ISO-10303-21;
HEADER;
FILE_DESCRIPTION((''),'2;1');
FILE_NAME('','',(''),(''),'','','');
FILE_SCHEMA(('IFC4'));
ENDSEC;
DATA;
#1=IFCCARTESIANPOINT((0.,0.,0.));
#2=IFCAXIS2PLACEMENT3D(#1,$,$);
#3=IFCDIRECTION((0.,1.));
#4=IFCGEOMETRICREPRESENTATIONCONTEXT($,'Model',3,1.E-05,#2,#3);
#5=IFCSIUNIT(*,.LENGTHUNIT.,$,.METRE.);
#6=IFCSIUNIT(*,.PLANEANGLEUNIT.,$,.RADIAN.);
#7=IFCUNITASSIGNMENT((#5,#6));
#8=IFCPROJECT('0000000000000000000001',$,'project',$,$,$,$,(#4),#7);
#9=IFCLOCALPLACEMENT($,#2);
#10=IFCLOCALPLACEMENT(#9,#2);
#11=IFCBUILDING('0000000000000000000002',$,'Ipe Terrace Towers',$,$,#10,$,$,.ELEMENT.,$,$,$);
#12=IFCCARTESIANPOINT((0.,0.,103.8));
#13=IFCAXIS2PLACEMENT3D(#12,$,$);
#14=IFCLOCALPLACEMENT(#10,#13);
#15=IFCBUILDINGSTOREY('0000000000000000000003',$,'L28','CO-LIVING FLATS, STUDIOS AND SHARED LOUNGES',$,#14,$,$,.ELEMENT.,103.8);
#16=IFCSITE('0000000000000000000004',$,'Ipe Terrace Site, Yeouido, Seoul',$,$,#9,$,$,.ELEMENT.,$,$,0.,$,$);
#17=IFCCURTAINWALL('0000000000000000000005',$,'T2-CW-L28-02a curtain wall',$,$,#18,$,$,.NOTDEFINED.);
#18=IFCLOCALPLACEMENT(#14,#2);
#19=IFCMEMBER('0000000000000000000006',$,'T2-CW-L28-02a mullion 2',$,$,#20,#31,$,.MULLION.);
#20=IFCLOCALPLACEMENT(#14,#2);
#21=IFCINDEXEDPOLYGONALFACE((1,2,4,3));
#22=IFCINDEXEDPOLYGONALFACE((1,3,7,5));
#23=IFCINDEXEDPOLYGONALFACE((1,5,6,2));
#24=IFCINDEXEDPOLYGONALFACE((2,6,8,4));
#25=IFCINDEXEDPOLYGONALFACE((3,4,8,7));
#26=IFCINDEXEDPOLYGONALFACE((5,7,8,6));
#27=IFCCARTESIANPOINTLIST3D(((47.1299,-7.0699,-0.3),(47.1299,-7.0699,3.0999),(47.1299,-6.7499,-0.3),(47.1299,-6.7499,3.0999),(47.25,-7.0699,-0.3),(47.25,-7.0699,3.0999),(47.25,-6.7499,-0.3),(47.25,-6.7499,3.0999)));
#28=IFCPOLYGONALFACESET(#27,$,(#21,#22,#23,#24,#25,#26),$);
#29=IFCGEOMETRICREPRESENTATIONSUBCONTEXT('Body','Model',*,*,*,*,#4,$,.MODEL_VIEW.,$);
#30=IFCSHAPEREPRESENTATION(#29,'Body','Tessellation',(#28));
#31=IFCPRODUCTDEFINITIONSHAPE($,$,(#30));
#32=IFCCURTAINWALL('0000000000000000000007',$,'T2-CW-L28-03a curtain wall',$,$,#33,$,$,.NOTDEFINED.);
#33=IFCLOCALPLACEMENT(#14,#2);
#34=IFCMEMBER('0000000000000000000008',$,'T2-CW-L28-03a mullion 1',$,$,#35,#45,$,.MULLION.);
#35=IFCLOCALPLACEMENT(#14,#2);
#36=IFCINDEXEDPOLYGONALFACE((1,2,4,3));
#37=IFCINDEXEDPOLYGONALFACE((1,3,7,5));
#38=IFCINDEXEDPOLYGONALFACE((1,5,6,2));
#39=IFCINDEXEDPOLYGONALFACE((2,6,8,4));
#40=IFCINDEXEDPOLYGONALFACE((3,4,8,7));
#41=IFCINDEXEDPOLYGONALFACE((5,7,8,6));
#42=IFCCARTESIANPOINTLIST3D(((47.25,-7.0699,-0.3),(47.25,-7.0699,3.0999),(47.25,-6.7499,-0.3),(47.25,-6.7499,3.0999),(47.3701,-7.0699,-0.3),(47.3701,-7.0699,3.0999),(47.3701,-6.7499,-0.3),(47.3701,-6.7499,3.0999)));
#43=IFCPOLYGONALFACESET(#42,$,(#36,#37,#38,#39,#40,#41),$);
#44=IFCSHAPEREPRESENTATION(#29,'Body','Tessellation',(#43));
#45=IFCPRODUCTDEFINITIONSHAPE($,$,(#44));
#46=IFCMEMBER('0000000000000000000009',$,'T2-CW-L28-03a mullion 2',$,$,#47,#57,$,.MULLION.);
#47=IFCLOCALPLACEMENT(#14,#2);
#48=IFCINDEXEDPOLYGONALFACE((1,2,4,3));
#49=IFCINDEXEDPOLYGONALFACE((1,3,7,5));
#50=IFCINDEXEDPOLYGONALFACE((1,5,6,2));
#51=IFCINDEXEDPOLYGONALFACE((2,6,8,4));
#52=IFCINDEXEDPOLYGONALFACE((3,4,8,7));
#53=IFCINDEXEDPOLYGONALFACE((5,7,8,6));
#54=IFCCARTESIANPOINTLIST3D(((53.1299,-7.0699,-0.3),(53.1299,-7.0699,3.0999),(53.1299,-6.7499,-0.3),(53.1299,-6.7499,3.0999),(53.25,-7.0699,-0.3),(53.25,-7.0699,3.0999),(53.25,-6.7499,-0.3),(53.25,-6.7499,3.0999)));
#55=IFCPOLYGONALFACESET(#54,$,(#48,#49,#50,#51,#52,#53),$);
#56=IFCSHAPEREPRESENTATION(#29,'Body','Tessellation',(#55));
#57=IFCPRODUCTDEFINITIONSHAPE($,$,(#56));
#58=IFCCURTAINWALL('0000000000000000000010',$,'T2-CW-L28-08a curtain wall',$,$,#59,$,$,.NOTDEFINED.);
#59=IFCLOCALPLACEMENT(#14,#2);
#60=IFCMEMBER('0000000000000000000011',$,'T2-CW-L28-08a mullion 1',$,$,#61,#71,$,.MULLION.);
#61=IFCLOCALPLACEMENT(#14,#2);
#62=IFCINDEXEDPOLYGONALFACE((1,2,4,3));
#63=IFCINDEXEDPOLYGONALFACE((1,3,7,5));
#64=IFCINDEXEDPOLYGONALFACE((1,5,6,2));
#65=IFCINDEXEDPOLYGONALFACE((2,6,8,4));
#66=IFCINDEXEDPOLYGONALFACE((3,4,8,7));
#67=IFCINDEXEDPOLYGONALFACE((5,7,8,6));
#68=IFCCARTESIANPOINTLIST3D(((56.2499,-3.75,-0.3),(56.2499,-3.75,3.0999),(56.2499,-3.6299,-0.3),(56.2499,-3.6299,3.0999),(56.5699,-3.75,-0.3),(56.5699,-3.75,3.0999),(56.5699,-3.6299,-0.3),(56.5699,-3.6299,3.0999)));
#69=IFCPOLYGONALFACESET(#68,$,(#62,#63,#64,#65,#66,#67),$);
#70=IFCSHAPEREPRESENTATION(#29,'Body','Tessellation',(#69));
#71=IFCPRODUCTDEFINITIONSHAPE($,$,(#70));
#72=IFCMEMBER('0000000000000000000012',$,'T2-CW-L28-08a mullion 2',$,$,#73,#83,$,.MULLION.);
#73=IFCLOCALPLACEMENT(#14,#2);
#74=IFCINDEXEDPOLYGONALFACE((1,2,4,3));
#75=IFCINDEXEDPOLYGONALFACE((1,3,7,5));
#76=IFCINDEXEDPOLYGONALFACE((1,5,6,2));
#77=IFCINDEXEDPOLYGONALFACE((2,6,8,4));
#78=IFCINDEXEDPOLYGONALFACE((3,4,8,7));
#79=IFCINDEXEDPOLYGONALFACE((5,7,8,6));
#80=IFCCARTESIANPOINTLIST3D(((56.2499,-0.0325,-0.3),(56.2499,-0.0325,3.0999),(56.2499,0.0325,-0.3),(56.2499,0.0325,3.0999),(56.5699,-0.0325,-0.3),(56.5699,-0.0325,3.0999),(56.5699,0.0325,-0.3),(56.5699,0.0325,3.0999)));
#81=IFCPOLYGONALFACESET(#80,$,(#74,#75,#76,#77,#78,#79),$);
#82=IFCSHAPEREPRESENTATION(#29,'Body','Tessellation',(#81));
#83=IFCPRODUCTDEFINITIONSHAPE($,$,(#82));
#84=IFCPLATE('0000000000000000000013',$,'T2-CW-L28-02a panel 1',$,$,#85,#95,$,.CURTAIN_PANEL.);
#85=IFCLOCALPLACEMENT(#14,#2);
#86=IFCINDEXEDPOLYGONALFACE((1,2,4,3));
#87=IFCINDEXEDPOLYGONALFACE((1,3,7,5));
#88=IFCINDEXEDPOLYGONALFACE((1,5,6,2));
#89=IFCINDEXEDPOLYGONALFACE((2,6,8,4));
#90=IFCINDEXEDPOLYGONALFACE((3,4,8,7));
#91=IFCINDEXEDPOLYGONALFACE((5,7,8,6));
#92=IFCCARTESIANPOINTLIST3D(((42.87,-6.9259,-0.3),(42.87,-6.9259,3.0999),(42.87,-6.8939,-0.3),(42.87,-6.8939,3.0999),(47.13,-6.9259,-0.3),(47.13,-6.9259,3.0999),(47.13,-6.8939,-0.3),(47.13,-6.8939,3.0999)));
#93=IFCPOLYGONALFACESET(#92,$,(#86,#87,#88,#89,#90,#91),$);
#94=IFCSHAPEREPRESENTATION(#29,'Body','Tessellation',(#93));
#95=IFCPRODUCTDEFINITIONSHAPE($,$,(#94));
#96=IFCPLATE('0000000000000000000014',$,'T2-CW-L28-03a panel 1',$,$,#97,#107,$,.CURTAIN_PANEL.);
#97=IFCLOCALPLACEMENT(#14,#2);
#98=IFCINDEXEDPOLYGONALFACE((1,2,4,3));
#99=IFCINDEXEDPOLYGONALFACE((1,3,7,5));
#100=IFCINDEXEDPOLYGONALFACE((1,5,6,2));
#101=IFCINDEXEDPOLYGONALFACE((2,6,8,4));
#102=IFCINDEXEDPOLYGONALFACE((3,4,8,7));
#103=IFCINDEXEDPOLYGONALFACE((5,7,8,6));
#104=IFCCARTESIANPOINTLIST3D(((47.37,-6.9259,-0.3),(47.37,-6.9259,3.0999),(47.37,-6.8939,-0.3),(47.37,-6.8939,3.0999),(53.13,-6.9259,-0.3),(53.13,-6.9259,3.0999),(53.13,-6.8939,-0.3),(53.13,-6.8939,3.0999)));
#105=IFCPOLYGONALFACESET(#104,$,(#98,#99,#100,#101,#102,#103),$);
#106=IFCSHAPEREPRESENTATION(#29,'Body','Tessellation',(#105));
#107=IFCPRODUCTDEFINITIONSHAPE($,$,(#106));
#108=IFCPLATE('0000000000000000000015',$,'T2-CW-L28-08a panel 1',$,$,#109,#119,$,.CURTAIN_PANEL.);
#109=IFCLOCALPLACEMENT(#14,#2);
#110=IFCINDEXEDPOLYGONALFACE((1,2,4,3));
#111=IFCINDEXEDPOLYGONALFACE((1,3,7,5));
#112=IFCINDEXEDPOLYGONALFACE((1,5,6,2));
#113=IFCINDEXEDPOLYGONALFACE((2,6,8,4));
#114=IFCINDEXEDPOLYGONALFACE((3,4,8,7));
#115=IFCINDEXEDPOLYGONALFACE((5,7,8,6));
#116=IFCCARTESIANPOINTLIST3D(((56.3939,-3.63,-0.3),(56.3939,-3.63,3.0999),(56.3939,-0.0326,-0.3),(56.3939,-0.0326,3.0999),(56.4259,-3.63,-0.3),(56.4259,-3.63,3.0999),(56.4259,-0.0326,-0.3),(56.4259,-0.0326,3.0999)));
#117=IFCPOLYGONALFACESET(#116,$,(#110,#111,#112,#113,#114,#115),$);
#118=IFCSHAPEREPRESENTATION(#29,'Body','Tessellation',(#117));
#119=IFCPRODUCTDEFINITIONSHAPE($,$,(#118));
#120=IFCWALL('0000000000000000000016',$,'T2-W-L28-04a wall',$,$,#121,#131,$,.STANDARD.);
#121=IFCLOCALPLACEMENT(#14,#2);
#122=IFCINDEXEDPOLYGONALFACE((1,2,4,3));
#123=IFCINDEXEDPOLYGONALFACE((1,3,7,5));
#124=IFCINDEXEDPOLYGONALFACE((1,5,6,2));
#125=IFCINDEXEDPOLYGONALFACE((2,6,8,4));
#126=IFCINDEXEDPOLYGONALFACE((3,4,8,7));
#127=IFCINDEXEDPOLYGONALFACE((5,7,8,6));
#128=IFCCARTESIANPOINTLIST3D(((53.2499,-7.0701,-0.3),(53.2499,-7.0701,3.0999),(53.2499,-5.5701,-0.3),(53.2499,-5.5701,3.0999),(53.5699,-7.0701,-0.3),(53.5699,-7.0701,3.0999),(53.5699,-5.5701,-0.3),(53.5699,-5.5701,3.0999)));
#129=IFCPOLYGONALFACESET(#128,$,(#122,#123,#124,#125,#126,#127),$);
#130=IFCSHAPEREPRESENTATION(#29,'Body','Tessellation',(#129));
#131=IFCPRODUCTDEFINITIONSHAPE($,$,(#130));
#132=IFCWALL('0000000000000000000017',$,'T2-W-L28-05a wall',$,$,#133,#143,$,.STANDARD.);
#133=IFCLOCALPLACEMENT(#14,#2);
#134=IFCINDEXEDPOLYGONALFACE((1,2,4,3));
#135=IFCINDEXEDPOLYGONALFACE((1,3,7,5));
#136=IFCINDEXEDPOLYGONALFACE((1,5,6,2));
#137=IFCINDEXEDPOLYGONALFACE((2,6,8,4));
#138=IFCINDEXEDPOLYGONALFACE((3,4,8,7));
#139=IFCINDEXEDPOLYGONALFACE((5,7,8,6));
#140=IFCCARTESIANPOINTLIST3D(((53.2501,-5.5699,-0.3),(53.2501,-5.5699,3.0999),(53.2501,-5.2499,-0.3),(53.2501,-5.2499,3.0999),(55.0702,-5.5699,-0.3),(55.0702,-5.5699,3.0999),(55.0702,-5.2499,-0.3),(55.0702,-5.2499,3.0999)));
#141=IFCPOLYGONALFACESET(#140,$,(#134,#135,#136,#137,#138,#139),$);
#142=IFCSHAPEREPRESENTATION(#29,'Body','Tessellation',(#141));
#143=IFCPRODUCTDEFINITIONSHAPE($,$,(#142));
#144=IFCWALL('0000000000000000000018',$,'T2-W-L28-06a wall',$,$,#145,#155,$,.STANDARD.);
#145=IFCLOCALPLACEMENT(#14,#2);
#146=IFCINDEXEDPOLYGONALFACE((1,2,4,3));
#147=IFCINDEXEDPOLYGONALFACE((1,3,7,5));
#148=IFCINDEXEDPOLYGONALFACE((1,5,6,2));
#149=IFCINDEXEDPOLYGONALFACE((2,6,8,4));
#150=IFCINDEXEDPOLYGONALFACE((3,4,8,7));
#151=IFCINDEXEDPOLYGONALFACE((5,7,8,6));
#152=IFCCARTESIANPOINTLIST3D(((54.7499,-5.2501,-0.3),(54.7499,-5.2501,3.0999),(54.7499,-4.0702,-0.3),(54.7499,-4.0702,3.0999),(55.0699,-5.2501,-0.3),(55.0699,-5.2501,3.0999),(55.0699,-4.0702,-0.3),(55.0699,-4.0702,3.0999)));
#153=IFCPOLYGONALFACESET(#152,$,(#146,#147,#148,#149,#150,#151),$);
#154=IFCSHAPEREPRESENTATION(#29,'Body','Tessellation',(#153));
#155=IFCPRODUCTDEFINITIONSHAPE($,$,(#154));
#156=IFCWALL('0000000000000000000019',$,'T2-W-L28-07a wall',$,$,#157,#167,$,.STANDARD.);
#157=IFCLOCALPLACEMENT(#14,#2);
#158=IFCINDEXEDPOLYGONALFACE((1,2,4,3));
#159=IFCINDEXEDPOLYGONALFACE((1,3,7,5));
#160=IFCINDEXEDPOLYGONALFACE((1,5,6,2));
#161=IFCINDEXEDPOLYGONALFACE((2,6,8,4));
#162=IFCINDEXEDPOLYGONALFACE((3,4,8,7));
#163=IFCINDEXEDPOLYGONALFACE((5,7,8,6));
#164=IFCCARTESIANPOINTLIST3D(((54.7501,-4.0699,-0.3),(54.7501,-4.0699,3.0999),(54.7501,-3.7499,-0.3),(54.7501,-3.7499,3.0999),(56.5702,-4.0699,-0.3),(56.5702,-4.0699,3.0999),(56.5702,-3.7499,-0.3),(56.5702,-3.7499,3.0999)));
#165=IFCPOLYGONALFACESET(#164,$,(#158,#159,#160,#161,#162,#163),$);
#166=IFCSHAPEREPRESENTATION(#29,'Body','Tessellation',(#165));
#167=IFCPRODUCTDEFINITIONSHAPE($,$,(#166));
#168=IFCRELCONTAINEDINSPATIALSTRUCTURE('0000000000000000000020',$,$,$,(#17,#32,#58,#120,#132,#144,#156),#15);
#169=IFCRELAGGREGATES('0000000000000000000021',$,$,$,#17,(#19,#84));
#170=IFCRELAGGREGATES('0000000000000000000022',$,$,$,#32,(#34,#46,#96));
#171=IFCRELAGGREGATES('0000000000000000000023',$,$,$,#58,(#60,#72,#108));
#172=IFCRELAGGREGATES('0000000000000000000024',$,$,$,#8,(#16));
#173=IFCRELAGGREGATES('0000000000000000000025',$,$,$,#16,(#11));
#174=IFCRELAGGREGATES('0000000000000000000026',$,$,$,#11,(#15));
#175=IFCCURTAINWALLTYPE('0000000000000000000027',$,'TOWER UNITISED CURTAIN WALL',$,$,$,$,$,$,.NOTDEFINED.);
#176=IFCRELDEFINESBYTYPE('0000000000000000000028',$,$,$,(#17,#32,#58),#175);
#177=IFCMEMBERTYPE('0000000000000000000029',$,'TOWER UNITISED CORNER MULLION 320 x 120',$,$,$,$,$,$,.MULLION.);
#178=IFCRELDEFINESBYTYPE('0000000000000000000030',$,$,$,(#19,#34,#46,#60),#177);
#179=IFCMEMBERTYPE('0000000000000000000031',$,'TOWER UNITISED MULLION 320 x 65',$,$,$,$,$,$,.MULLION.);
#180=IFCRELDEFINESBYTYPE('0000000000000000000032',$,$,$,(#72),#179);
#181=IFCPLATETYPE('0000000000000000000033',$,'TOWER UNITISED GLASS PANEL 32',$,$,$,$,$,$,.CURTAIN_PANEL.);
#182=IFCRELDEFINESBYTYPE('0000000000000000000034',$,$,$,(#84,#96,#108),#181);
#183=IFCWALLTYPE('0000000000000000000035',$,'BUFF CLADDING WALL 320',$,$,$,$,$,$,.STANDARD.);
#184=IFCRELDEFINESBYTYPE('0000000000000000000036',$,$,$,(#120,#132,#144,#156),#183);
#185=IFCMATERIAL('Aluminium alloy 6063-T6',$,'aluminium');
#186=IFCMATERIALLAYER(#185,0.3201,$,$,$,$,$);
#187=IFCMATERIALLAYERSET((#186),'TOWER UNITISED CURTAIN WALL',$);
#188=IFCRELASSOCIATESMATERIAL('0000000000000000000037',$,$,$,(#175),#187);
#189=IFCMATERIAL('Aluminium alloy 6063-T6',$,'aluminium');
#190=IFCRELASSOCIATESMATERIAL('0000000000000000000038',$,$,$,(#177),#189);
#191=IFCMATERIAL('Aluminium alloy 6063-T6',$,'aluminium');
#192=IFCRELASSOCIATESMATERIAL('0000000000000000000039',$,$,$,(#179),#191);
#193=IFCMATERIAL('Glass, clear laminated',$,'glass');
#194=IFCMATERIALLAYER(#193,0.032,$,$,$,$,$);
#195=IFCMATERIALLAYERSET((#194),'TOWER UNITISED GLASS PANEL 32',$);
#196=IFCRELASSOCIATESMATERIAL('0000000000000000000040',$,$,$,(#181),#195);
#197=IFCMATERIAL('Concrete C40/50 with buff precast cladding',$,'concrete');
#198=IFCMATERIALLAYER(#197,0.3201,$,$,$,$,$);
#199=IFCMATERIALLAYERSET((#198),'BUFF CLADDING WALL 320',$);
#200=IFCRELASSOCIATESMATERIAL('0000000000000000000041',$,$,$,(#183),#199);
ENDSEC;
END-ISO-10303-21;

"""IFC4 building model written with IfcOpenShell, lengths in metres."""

from ifc_helpers import new_model, si_unit, direction, frame, frame_2d, origin, origin_2d, place, context, subcontext, project, spatial, rectangle, extrude, material, layer, layer_set, material_profile, profile_set, type_object, element, aggregate, save


model = new_model("IFC4")

# Units and contexts
model_context = context("Model", 3, precision=1e-05, world=origin(), true_north=direction((0.0, 1.0)))
body_context = subcontext(model_context, "Body", "Model", "MODEL_VIEW")
ifc_project = project(units=[si_unit("LENGTHUNIT", "METRE"), si_unit("PLANEANGLEUNIT", "RADIAN")], contexts=[model_context])

# Site, building, storey
site_placement = place(None, origin())
site = spatial("IfcSite", under=ifc_project, at=site_placement, Name="Ipe Terrace Site, Yeouido, Seoul", CompositionType="ELEMENT", RefElevation=0.0)
building_placement = place(site_placement, origin())
building = spatial("IfcBuilding", under=site, at=building_placement, Name="Ipe Terrace Towers", CompositionType="ELEMENT")
storey_placement = place(building_placement, frame((0.0, 0.0, 103.8)))
storey = spatial("IfcBuildingStorey", under=building, at=storey_placement, Name="L28", Description="CO-LIVING FLATS, STUDIOS AND SHARED LOUNGES", CompositionType="ELEMENT", Elevation=103.8)

# Curtain walls, members
ifc_material_1 = material(Name="Aluminium alloy 6063-T6", Category="aluminium")
ifc_layer_1 = layer(ifc_material_1, 0.3201)
ifc_layer_set_1 = layer_set([ifc_layer_1], Name="TOWER UNITISED CURTAIN WALL")
curtain_wall_type = type_object("IfcCurtainWallType", Name="TOWER UNITISED CURTAIN WALL", PredefinedType="NOTDEFINED", material=ifc_layer_set_1)
curtain_wall_1_placement = place(storey_placement, origin())
curtain_wall_1 = element("IfcCurtainWall", 1, at=curtain_wall_1_placement, inside=storey, type_object=curtain_wall_type, Name="T2-CW-L28-02a curtain wall", PredefinedType="NOTDEFINED")
ifc_material_2 = material(Name="Aluminium alloy 6063-T6", Category="aluminium")
ifc_material_profile_1 = material_profile(ifc_material_2, rectangle(XDim=0.3201, YDim=0.1201, at=origin_2d()), Name="TOWER UNITISED CORNER MULLION 320 x 120")
ifc_profile_set_1 = profile_set([ifc_material_profile_1], Name="Aluminium alloy 6063-T6")
member_type_1 = type_object("IfcMemberType", Name="TOWER UNITISED CORNER MULLION 320 x 120", PredefinedType="MULLION", material=ifc_profile_set_1)
member_1_placement = place(storey_placement, frame((47.1899, -6.9099, -0.3), z_axis=(0.0, 0.0, 1.0), x_axis=(0.0, -1.0, 0.0)))
member_1 = element("IfcMember", 2, at=member_1_placement, type_object=member_type_1, Name="T2-CW-L28-02a mullion 2", PredefinedType="MULLION", context=body_context, shape_type="SweptSolid", body=[
    extrude(rectangle(XDim=0.3201, YDim=0.1201, at=origin_2d()), origin(), (0.0, 0.0, 1.0), 3.3999),
])
curtain_wall_2_placement = place(storey_placement, origin())
curtain_wall_2 = element("IfcCurtainWall", 3, at=curtain_wall_2_placement, inside=storey, type_object=curtain_wall_type, Name="T2-CW-L28-03a curtain wall", PredefinedType="NOTDEFINED")
member_2_placement = place(storey_placement, frame((47.3101, -6.9099, -0.3), z_axis=(0.0, 0.0, 1.0), x_axis=(0.0, -1.0, 0.0)))
member_2 = element("IfcMember", 4, at=member_2_placement, type_object=member_type_1, Name="T2-CW-L28-03a mullion 1", PredefinedType="MULLION", context=body_context, shape_type="SweptSolid", body=[
    extrude(rectangle(XDim=0.3201, YDim=0.1201, at=origin_2d()), origin(), (0.0, 0.0, 1.0), 3.3999),
])
member_3_placement = place(storey_placement, frame((53.1899, -6.9099, -0.3), z_axis=(0.0, 0.0, 1.0), x_axis=(0.0, -1.0, 0.0)))
member_3 = element("IfcMember", 5, at=member_3_placement, type_object=member_type_1, Name="T2-CW-L28-03a mullion 2", PredefinedType="MULLION", context=body_context, shape_type="SweptSolid", body=[
    extrude(rectangle(XDim=0.3201, YDim=0.1201, at=origin_2d()), origin(), (0.0, 0.0, 1.0), 3.3999),
])
curtain_wall_3_placement = place(storey_placement, origin())
curtain_wall_3 = element("IfcCurtainWall", 6, at=curtain_wall_3_placement, inside=storey, type_object=curtain_wall_type, Name="T2-CW-L28-08a curtain wall", PredefinedType="NOTDEFINED")
member_4_placement = place(storey_placement, frame((56.4099, -3.6899, -0.3), z_axis=(0.0, 0.0, 1.0), x_axis=(1.0, 0.0, 0.0)))
member_4 = element("IfcMember", 7, at=member_4_placement, type_object=member_type_1, Name="T2-CW-L28-08a mullion 1", PredefinedType="MULLION", context=body_context, shape_type="SweptSolid", body=[
    extrude(rectangle(XDim=0.3201, YDim=0.1201, at=origin_2d()), origin(), (0.0, 0.0, 1.0), 3.3999),
])
ifc_material_3 = material(Name="Aluminium alloy 6063-T6", Category="aluminium")
ifc_material_profile_2 = material_profile(ifc_material_3, rectangle(XDim=0.3201, YDim=0.0649, at=origin_2d()), Name="TOWER UNITISED MULLION 320 x 65")
ifc_profile_set_2 = profile_set([ifc_material_profile_2], Name="Aluminium alloy 6063-T6")
member_type_2 = type_object("IfcMemberType", Name="TOWER UNITISED MULLION 320 x 65", PredefinedType="MULLION", material=ifc_profile_set_2)
member_5_placement = place(storey_placement, frame((56.4099, 0.0, -0.3), z_axis=(0.0, 0.0, 1.0), x_axis=(1.0, 0.0, 0.0)))
member_5 = element("IfcMember", 8, at=member_5_placement, type_object=member_type_2, Name="T2-CW-L28-08a mullion 2", PredefinedType="MULLION", context=body_context, shape_type="SweptSolid", body=[
    extrude(rectangle(XDim=0.3201, YDim=0.0649, at=origin_2d()), origin(), (0.0, 0.0, 1.0), 3.3999),
])

# Plates
ifc_material_4 = material(Name="Glass, clear laminated", Category="glass")
ifc_layer_2 = layer(ifc_material_4, 0.032)
ifc_layer_set_2 = layer_set([ifc_layer_2], Name="TOWER UNITISED GLASS PANEL 32")
plate_type = type_object("IfcPlateType", Name="TOWER UNITISED GLASS PANEL 32", PredefinedType="CURTAIN_PANEL", material=ifc_layer_set_2)
plate_1_placement = place(storey_placement, frame((45.0, -6.9099, -0.3), z_axis=(0.0, 0.0, 1.0), x_axis=(1.0, 0.0, 0.0)))
plate_1 = element("IfcPlate", 9, at=plate_1_placement, type_object=plate_type, Name="T2-CW-L28-02a panel 1", PredefinedType="CURTAIN_PANEL", context=body_context, shape_type="SweptSolid", body=[
    extrude(rectangle(XDim=4.26, YDim=0.032, at=origin_2d()), origin(), (0.0, 0.0, 1.0), 3.3999),
])
aggregate(curtain_wall_1, [member_1, plate_1])
plate_2_placement = place(storey_placement, frame((50.25, -6.9099, -0.3), z_axis=(0.0, 0.0, 1.0), x_axis=(1.0, 0.0, 0.0)))
plate_2 = element("IfcPlate", 10, at=plate_2_placement, type_object=plate_type, Name="T2-CW-L28-03a panel 1", PredefinedType="CURTAIN_PANEL", context=body_context, shape_type="SweptSolid", body=[
    extrude(rectangle(XDim=5.76, YDim=0.032, at=origin_2d()), origin(), (0.0, 0.0, 1.0), 3.3999),
])
aggregate(curtain_wall_2, [member_2, member_3, plate_2])
plate_3_placement = place(storey_placement, frame((56.4099, -1.8313, -0.3), z_axis=(0.0, 0.0, 1.0), x_axis=(0.0, 1.0, 0.0)))
plate_3 = element("IfcPlate", 11, at=plate_3_placement, type_object=plate_type, Name="T2-CW-L28-08a panel 1", PredefinedType="CURTAIN_PANEL", context=body_context, shape_type="SweptSolid", body=[
    extrude(rectangle(XDim=3.5974, YDim=0.032, at=origin_2d()), origin(), (0.0, 0.0, 1.0), 3.3999),
])
aggregate(curtain_wall_3, [member_4, member_5, plate_3])

# Walls
ifc_material_5 = material(Name="Concrete C40/50 with buff precast cladding", Category="concrete")
ifc_layer_3 = layer(ifc_material_5, 0.3201)
ifc_layer_set_3 = layer_set([ifc_layer_3], Name="BUFF CLADDING WALL 320")
wall_type_1 = type_object("IfcWallType", Name="BUFF CLADDING WALL 320", PredefinedType="STANDARD", material=ifc_layer_set_3)
wall_1_placement = place(storey_placement, frame((53.4099, -7.0701, -0.3), z_axis=(0.0, 0.0, 1.0), x_axis=(0.0, 1.0, 0.0)))
element("IfcWall", 12, at=wall_1_placement, inside=storey, type_object=wall_type_1, Name="T2-W-L28-04a wall", PredefinedType="STANDARD", context=body_context, shape_type="SweptSolid", body=[
    extrude(rectangle(XDim=1.5, YDim=0.3201, at=frame_2d((0.75, 0.0))), origin(), (0.0, 0.0, 1.0), 3.3999),
])
wall_2_placement = place(storey_placement, frame((53.25, -5.4099, -0.3), z_axis=(0.0, 0.0, 1.0), x_axis=(1.0, 0.0, 0.0)))
element("IfcWall", 13, at=wall_2_placement, inside=storey, type_object=wall_type_1, Name="T2-W-L28-05a wall", PredefinedType="STANDARD", context=body_context, shape_type="SweptSolid", body=[
    extrude(rectangle(XDim=1.8201, YDim=0.3201, at=frame_2d((0.9102, 0.0))), origin(), (0.0, 0.0, 1.0), 3.3999),
])
wall_3_placement = place(storey_placement, frame((54.9099, -5.25, -0.3), z_axis=(0.0, 0.0, 1.0), x_axis=(0.0, 1.0, 0.0)))
element("IfcWall", 14, at=wall_3_placement, inside=storey, type_object=wall_type_1, Name="T2-W-L28-06a wall", PredefinedType="STANDARD", context=body_context, shape_type="SweptSolid", body=[
    extrude(rectangle(XDim=1.1799, YDim=0.3201, at=frame_2d((0.5898, 0.0))), origin(), (0.0, 0.0, 1.0), 3.3999),
])
wall_4_placement = place(storey_placement, frame((54.75, -3.9099, -0.3), z_axis=(0.0, 0.0, 1.0), x_axis=(1.0, 0.0, 0.0)))
element("IfcWall", 15, at=wall_4_placement, inside=storey, type_object=wall_type_1, Name="T2-W-L28-07a wall", PredefinedType="STANDARD", context=body_context, shape_type="SweptSolid", body=[
    extrude(rectangle(XDim=1.8201, YDim=0.3201, at=frame_2d((0.9102, 0.0))), origin(), (0.0, 0.0, 1.0), 3.3999),
])

save(model, "model.ifc")
